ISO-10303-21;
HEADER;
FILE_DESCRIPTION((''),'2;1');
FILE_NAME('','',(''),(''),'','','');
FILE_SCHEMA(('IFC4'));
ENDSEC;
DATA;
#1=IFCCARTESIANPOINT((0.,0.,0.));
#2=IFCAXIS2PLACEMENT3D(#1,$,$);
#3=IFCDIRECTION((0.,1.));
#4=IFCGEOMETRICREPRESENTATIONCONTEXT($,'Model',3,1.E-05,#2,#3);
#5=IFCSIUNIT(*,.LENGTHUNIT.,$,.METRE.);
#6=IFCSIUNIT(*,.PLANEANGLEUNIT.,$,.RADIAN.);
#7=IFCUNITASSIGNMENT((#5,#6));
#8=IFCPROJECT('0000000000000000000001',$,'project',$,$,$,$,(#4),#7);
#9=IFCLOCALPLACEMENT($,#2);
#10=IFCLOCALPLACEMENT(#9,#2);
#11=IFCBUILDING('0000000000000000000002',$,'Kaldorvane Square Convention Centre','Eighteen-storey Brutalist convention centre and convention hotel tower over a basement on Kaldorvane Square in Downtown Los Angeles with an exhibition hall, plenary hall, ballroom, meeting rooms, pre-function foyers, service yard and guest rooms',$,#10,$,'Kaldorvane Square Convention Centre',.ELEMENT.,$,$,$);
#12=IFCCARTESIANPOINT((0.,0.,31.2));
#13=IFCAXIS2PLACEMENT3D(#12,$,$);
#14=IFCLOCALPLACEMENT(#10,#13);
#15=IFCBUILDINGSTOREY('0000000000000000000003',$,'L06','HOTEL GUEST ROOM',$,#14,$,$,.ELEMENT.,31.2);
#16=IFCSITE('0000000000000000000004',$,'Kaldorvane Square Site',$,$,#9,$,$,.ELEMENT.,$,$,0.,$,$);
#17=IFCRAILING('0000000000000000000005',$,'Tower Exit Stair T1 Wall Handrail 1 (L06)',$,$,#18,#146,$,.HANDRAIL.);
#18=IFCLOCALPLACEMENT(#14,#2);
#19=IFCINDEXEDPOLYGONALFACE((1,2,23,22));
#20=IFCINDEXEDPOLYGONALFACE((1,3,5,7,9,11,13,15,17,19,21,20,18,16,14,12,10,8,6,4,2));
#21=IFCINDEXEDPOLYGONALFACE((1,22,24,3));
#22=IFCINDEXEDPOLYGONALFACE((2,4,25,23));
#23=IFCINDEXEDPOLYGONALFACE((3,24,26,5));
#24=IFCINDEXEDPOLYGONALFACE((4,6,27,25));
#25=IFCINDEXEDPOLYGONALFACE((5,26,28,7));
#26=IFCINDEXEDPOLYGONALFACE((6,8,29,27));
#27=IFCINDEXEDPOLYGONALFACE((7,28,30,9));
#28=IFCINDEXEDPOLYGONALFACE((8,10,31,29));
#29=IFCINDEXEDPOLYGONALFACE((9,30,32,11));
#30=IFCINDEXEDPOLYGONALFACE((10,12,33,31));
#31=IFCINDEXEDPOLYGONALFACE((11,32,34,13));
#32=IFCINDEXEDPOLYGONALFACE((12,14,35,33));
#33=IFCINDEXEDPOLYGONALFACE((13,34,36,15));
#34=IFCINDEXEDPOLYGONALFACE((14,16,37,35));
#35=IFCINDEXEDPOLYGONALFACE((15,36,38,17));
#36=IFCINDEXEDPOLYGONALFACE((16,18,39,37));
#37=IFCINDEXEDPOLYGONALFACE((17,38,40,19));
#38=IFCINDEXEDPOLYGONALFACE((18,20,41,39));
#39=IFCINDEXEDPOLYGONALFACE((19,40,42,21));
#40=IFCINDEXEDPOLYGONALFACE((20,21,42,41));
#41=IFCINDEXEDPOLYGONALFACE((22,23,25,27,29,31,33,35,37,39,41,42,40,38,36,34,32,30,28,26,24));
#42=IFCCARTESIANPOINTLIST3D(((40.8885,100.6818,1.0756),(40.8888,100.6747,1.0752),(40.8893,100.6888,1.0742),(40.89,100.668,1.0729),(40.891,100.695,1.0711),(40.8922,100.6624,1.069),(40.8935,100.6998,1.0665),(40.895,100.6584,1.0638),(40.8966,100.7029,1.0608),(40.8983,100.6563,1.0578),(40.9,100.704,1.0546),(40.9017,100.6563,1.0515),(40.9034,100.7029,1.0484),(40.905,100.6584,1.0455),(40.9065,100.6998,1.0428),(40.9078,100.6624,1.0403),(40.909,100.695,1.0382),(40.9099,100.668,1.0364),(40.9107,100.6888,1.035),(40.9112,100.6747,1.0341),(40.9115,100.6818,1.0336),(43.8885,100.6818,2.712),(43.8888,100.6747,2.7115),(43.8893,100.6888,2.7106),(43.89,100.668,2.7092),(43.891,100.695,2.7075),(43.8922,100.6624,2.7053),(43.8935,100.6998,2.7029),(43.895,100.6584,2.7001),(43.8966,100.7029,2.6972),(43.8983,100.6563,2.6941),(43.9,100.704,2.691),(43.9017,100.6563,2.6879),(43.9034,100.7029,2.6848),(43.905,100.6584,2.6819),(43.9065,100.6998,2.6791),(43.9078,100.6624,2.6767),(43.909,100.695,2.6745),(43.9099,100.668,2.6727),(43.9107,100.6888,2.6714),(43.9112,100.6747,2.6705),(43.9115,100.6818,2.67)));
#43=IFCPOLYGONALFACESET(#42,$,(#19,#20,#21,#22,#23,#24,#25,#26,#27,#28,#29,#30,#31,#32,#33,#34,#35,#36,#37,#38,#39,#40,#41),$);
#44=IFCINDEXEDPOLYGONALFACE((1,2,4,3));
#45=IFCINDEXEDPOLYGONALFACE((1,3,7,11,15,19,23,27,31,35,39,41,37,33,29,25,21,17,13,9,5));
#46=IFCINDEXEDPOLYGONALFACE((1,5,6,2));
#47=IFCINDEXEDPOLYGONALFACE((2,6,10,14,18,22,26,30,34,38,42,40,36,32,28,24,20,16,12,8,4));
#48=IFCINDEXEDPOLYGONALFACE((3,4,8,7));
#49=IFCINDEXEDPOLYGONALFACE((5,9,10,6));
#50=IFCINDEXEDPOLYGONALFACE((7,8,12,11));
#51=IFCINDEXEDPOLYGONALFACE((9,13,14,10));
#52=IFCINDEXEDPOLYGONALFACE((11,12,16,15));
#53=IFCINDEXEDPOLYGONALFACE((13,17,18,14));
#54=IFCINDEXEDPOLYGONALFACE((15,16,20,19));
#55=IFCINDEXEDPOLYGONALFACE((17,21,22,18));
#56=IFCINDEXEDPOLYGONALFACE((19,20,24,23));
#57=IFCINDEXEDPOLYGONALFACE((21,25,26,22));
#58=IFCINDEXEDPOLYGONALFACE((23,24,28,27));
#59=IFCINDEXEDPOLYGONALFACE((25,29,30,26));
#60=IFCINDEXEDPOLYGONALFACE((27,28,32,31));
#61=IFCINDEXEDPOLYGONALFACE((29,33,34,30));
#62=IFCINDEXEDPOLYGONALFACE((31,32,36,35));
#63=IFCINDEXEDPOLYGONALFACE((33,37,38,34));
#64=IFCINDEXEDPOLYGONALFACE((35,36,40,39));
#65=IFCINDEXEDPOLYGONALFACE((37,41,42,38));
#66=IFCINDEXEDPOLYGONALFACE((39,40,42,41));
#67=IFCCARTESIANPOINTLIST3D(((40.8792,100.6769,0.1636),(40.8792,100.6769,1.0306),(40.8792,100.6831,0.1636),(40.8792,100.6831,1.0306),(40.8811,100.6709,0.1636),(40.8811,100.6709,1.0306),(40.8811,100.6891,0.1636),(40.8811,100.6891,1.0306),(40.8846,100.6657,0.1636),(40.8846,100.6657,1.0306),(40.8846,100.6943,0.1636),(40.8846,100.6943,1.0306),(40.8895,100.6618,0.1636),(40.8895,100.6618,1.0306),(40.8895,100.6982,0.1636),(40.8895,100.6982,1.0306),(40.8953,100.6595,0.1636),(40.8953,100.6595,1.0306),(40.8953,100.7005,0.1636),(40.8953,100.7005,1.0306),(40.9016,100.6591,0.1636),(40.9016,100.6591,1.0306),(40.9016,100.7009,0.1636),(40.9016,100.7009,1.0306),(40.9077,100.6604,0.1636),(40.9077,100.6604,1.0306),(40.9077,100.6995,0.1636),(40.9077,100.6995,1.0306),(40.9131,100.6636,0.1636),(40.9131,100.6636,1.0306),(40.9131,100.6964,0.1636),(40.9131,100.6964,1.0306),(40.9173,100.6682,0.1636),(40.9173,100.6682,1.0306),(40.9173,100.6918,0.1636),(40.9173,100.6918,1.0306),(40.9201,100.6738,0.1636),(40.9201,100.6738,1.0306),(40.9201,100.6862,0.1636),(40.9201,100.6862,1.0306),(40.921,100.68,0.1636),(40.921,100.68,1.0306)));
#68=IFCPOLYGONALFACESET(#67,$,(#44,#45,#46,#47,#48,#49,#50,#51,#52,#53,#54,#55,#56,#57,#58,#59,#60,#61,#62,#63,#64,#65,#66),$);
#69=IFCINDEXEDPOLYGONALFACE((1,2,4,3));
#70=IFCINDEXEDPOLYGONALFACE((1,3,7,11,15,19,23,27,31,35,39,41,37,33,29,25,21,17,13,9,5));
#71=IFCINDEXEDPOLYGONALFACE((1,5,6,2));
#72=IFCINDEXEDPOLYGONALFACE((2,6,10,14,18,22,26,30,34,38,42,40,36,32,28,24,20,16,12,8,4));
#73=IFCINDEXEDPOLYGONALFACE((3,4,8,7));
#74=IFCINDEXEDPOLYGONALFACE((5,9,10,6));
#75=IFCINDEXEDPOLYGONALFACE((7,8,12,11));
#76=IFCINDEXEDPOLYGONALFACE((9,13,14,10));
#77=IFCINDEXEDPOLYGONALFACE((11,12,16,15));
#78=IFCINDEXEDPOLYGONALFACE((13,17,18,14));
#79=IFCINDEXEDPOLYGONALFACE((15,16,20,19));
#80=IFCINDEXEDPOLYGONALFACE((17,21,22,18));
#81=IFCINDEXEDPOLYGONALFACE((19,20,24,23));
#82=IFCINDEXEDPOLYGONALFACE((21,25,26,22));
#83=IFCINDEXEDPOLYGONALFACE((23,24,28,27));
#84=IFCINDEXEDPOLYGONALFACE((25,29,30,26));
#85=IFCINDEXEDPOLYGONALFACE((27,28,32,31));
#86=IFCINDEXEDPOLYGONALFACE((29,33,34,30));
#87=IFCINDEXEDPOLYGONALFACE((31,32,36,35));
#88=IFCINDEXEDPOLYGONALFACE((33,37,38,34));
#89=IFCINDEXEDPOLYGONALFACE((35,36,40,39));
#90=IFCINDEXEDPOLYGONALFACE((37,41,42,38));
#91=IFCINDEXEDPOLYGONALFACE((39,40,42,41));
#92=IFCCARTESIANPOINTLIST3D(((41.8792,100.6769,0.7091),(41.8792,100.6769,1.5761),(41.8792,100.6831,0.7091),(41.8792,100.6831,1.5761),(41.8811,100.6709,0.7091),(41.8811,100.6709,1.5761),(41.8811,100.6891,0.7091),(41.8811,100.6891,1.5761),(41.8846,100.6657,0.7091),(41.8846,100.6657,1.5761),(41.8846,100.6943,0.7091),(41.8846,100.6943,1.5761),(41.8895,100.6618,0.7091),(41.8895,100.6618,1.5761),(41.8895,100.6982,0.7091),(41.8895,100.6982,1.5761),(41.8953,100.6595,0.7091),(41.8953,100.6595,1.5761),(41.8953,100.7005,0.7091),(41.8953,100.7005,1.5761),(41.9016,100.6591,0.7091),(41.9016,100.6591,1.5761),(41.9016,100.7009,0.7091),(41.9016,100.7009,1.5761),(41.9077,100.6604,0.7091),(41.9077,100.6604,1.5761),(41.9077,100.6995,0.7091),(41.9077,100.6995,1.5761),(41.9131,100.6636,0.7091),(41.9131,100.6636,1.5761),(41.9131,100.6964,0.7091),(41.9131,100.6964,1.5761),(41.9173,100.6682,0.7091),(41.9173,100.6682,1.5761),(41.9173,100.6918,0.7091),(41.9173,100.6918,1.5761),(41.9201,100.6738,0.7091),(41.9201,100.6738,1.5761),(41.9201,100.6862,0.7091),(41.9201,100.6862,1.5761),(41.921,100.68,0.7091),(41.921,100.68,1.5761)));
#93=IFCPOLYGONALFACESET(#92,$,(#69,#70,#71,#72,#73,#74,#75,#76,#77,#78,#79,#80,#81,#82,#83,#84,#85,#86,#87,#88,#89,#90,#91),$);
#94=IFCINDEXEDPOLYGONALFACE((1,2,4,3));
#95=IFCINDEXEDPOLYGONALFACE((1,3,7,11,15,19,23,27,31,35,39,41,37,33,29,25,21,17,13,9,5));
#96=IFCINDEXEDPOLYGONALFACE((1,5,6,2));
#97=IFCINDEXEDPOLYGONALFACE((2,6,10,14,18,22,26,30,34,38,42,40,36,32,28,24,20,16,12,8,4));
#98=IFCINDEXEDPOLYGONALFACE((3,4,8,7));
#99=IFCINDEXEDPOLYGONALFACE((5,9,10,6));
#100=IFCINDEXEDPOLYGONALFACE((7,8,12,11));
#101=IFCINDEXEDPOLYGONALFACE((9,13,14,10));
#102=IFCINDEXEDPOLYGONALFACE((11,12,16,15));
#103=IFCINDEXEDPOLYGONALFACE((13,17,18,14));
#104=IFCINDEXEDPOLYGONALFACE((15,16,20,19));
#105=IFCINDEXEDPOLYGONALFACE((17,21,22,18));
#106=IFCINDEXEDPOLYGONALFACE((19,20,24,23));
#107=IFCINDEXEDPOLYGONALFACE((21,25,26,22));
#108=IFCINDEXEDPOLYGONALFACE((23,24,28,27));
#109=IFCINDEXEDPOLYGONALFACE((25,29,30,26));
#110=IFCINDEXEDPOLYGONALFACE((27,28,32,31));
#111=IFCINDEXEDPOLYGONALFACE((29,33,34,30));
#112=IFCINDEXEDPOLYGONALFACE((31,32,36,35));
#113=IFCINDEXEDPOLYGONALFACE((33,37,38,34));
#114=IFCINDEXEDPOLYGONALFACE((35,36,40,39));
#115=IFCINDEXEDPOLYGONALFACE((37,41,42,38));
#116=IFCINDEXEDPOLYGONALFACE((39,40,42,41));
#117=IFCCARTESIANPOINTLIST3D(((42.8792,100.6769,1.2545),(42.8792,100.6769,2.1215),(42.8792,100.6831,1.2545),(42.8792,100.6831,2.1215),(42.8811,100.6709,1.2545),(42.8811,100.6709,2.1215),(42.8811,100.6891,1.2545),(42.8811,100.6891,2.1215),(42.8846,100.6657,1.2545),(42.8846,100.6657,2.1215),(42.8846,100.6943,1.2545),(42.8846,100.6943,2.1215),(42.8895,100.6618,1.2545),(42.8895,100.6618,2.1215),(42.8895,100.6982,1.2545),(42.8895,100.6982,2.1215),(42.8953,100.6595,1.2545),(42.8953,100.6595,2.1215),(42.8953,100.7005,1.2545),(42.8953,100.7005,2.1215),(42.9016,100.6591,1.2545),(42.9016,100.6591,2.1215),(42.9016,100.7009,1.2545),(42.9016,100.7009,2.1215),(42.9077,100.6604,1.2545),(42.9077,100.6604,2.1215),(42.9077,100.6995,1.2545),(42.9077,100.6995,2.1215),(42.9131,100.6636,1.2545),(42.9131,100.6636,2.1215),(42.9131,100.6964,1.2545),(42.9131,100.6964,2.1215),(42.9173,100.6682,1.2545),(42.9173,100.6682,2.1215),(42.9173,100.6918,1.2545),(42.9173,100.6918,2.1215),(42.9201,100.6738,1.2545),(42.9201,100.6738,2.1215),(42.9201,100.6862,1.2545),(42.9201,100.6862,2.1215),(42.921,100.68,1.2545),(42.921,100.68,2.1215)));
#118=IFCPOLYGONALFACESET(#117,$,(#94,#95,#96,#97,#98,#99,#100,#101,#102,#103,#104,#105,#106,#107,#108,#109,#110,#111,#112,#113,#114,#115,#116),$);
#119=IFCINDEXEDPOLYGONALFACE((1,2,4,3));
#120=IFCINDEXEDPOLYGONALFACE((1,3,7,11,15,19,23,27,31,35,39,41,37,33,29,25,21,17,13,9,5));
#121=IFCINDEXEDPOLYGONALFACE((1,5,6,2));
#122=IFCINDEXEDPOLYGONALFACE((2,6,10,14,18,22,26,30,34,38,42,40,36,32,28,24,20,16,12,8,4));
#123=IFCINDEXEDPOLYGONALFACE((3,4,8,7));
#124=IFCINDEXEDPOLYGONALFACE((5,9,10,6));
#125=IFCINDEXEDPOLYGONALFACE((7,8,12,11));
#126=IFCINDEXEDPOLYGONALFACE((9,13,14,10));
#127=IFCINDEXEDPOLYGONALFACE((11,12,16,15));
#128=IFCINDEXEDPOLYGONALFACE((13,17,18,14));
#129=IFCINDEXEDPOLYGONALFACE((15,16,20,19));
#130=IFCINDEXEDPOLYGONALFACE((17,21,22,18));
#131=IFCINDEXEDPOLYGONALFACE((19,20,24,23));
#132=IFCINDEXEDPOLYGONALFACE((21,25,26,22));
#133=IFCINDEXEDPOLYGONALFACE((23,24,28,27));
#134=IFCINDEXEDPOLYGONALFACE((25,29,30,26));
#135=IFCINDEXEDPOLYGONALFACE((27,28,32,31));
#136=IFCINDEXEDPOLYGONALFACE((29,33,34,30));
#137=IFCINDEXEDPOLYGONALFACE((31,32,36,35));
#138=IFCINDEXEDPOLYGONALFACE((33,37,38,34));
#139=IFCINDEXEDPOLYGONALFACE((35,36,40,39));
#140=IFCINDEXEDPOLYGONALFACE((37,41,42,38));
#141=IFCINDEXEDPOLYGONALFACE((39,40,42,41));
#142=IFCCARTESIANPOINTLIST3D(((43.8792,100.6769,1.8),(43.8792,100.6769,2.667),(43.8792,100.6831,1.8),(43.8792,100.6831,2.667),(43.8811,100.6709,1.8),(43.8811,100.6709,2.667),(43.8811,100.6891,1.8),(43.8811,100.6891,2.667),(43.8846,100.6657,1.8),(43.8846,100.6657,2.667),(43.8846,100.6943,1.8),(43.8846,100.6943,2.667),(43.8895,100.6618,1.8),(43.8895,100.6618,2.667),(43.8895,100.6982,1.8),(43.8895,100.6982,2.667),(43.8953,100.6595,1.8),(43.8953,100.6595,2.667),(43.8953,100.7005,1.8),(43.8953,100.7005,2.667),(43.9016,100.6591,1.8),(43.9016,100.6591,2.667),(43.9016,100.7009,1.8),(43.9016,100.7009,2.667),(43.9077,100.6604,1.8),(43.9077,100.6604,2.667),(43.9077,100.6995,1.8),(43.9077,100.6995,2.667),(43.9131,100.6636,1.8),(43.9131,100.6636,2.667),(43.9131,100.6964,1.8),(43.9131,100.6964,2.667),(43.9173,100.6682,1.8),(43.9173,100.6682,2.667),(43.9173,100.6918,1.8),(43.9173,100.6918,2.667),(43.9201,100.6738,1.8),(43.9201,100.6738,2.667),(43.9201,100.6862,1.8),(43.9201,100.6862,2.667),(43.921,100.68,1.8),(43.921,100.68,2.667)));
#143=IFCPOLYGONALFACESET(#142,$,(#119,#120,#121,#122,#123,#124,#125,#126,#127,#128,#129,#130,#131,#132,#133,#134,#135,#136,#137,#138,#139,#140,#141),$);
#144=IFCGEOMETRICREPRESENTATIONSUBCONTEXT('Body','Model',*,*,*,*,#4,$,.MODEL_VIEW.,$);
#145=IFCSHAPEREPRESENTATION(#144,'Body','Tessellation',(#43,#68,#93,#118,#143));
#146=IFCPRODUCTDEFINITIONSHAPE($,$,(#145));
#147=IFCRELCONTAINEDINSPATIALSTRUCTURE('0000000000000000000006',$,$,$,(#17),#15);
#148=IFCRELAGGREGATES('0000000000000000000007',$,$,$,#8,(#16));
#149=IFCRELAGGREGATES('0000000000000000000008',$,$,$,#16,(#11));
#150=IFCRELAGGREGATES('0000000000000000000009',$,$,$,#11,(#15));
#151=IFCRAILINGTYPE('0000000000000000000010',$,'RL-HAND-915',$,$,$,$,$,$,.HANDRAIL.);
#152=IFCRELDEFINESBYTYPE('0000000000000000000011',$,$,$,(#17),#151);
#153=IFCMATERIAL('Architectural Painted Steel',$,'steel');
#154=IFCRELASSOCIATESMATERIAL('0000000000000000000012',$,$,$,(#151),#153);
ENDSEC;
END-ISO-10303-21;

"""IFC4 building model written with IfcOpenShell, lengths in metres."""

from ifc_helpers import new_model, si_unit, direction, frame, origin, origin_2d, place, context, subcontext, project, spatial, circle, extrude, material, type_object, element, save


model = new_model("IFC4")

# Units and contexts
model_context = context("Model", 3, precision=1e-05, world=origin(), true_north=direction((0.0, 1.0)))
body_context = subcontext(model_context, "Body", "Model", "MODEL_VIEW")
ifc_project = project(units=[si_unit("LENGTHUNIT", "METRE"), si_unit("PLANEANGLEUNIT", "RADIAN")], contexts=[model_context])

# Site, building, storey
site_placement = place(None, origin())
site = spatial("IfcSite", under=ifc_project, at=site_placement, Name="Kaldorvane Square Site", CompositionType="ELEMENT", RefElevation=0.0)
building_placement = place(site_placement, origin())
building = spatial("IfcBuilding", under=site, at=building_placement, Name="Kaldorvane Square Convention Centre", Description="Eighteen-storey Brutalist convention centre and convention hotel tower over a basement on Kaldorvane Square in Downtown Los Angeles with an exhibition hall, plenary hall, ballroom, meeting rooms, pre-function foyers, service yard and guest rooms", LongName="Kaldorvane Square Convention Centre", CompositionType="ELEMENT")
storey_placement = place(building_placement, frame((0.0, 0.0, 31.2)))
storey = spatial("IfcBuildingStorey", under=building, at=storey_placement, Name="L06", Description="HOTEL GUEST ROOM", CompositionType="ELEMENT", Elevation=31.2)

# Railing
ifc_material_1 = material(Name="Architectural Painted Steel", Category="steel")
railing_type_1 = type_object("IfcRailingType", Name="RL-HAND-915", PredefinedType="HANDRAIL", material=ifc_material_1)
for number, where, name in (
    (1, (40.9, 100.68, 0.1636), "Tower Exit Stair T1 Wall Handrail 1 (L06)"),
):
    element("IfcRailing", number, at=place(storey_placement, frame(where)), inside=storey, type_object=railing_type_1, Name=name, PredefinedType="HANDRAIL", context=body_context, shape_type="SweptSolid", body=[
        extrude(circle(Radius=0.024, at=origin_2d()), frame((0.0, 0.0, 0.891), z_axis=(0.877895, 0.0, 0.478853), x_axis=(0.0, 1.0, 0.0)), (0.0, 0.0, 1.0), 3.4173),
        extrude(circle(Radius=0.021, at=origin_2d()), origin(), (0.0, 0.0, 1.0), 0.867),
        extrude(circle(Radius=0.021, at=origin_2d()), frame((1.0, 0.0, 0.5455)), (0.0, 0.0, 1.0), 0.867),
        extrude(circle(Radius=0.021, at=origin_2d()), frame((2.0, 0.0, 1.0909)), (0.0, 0.0, 1.0), 0.867),
        extrude(circle(Radius=0.021, at=origin_2d()), frame((3.0, 0.0, 1.6364)), (0.0, 0.0, 1.0), 0.867),
    ])

save(model, "model.ifc")
